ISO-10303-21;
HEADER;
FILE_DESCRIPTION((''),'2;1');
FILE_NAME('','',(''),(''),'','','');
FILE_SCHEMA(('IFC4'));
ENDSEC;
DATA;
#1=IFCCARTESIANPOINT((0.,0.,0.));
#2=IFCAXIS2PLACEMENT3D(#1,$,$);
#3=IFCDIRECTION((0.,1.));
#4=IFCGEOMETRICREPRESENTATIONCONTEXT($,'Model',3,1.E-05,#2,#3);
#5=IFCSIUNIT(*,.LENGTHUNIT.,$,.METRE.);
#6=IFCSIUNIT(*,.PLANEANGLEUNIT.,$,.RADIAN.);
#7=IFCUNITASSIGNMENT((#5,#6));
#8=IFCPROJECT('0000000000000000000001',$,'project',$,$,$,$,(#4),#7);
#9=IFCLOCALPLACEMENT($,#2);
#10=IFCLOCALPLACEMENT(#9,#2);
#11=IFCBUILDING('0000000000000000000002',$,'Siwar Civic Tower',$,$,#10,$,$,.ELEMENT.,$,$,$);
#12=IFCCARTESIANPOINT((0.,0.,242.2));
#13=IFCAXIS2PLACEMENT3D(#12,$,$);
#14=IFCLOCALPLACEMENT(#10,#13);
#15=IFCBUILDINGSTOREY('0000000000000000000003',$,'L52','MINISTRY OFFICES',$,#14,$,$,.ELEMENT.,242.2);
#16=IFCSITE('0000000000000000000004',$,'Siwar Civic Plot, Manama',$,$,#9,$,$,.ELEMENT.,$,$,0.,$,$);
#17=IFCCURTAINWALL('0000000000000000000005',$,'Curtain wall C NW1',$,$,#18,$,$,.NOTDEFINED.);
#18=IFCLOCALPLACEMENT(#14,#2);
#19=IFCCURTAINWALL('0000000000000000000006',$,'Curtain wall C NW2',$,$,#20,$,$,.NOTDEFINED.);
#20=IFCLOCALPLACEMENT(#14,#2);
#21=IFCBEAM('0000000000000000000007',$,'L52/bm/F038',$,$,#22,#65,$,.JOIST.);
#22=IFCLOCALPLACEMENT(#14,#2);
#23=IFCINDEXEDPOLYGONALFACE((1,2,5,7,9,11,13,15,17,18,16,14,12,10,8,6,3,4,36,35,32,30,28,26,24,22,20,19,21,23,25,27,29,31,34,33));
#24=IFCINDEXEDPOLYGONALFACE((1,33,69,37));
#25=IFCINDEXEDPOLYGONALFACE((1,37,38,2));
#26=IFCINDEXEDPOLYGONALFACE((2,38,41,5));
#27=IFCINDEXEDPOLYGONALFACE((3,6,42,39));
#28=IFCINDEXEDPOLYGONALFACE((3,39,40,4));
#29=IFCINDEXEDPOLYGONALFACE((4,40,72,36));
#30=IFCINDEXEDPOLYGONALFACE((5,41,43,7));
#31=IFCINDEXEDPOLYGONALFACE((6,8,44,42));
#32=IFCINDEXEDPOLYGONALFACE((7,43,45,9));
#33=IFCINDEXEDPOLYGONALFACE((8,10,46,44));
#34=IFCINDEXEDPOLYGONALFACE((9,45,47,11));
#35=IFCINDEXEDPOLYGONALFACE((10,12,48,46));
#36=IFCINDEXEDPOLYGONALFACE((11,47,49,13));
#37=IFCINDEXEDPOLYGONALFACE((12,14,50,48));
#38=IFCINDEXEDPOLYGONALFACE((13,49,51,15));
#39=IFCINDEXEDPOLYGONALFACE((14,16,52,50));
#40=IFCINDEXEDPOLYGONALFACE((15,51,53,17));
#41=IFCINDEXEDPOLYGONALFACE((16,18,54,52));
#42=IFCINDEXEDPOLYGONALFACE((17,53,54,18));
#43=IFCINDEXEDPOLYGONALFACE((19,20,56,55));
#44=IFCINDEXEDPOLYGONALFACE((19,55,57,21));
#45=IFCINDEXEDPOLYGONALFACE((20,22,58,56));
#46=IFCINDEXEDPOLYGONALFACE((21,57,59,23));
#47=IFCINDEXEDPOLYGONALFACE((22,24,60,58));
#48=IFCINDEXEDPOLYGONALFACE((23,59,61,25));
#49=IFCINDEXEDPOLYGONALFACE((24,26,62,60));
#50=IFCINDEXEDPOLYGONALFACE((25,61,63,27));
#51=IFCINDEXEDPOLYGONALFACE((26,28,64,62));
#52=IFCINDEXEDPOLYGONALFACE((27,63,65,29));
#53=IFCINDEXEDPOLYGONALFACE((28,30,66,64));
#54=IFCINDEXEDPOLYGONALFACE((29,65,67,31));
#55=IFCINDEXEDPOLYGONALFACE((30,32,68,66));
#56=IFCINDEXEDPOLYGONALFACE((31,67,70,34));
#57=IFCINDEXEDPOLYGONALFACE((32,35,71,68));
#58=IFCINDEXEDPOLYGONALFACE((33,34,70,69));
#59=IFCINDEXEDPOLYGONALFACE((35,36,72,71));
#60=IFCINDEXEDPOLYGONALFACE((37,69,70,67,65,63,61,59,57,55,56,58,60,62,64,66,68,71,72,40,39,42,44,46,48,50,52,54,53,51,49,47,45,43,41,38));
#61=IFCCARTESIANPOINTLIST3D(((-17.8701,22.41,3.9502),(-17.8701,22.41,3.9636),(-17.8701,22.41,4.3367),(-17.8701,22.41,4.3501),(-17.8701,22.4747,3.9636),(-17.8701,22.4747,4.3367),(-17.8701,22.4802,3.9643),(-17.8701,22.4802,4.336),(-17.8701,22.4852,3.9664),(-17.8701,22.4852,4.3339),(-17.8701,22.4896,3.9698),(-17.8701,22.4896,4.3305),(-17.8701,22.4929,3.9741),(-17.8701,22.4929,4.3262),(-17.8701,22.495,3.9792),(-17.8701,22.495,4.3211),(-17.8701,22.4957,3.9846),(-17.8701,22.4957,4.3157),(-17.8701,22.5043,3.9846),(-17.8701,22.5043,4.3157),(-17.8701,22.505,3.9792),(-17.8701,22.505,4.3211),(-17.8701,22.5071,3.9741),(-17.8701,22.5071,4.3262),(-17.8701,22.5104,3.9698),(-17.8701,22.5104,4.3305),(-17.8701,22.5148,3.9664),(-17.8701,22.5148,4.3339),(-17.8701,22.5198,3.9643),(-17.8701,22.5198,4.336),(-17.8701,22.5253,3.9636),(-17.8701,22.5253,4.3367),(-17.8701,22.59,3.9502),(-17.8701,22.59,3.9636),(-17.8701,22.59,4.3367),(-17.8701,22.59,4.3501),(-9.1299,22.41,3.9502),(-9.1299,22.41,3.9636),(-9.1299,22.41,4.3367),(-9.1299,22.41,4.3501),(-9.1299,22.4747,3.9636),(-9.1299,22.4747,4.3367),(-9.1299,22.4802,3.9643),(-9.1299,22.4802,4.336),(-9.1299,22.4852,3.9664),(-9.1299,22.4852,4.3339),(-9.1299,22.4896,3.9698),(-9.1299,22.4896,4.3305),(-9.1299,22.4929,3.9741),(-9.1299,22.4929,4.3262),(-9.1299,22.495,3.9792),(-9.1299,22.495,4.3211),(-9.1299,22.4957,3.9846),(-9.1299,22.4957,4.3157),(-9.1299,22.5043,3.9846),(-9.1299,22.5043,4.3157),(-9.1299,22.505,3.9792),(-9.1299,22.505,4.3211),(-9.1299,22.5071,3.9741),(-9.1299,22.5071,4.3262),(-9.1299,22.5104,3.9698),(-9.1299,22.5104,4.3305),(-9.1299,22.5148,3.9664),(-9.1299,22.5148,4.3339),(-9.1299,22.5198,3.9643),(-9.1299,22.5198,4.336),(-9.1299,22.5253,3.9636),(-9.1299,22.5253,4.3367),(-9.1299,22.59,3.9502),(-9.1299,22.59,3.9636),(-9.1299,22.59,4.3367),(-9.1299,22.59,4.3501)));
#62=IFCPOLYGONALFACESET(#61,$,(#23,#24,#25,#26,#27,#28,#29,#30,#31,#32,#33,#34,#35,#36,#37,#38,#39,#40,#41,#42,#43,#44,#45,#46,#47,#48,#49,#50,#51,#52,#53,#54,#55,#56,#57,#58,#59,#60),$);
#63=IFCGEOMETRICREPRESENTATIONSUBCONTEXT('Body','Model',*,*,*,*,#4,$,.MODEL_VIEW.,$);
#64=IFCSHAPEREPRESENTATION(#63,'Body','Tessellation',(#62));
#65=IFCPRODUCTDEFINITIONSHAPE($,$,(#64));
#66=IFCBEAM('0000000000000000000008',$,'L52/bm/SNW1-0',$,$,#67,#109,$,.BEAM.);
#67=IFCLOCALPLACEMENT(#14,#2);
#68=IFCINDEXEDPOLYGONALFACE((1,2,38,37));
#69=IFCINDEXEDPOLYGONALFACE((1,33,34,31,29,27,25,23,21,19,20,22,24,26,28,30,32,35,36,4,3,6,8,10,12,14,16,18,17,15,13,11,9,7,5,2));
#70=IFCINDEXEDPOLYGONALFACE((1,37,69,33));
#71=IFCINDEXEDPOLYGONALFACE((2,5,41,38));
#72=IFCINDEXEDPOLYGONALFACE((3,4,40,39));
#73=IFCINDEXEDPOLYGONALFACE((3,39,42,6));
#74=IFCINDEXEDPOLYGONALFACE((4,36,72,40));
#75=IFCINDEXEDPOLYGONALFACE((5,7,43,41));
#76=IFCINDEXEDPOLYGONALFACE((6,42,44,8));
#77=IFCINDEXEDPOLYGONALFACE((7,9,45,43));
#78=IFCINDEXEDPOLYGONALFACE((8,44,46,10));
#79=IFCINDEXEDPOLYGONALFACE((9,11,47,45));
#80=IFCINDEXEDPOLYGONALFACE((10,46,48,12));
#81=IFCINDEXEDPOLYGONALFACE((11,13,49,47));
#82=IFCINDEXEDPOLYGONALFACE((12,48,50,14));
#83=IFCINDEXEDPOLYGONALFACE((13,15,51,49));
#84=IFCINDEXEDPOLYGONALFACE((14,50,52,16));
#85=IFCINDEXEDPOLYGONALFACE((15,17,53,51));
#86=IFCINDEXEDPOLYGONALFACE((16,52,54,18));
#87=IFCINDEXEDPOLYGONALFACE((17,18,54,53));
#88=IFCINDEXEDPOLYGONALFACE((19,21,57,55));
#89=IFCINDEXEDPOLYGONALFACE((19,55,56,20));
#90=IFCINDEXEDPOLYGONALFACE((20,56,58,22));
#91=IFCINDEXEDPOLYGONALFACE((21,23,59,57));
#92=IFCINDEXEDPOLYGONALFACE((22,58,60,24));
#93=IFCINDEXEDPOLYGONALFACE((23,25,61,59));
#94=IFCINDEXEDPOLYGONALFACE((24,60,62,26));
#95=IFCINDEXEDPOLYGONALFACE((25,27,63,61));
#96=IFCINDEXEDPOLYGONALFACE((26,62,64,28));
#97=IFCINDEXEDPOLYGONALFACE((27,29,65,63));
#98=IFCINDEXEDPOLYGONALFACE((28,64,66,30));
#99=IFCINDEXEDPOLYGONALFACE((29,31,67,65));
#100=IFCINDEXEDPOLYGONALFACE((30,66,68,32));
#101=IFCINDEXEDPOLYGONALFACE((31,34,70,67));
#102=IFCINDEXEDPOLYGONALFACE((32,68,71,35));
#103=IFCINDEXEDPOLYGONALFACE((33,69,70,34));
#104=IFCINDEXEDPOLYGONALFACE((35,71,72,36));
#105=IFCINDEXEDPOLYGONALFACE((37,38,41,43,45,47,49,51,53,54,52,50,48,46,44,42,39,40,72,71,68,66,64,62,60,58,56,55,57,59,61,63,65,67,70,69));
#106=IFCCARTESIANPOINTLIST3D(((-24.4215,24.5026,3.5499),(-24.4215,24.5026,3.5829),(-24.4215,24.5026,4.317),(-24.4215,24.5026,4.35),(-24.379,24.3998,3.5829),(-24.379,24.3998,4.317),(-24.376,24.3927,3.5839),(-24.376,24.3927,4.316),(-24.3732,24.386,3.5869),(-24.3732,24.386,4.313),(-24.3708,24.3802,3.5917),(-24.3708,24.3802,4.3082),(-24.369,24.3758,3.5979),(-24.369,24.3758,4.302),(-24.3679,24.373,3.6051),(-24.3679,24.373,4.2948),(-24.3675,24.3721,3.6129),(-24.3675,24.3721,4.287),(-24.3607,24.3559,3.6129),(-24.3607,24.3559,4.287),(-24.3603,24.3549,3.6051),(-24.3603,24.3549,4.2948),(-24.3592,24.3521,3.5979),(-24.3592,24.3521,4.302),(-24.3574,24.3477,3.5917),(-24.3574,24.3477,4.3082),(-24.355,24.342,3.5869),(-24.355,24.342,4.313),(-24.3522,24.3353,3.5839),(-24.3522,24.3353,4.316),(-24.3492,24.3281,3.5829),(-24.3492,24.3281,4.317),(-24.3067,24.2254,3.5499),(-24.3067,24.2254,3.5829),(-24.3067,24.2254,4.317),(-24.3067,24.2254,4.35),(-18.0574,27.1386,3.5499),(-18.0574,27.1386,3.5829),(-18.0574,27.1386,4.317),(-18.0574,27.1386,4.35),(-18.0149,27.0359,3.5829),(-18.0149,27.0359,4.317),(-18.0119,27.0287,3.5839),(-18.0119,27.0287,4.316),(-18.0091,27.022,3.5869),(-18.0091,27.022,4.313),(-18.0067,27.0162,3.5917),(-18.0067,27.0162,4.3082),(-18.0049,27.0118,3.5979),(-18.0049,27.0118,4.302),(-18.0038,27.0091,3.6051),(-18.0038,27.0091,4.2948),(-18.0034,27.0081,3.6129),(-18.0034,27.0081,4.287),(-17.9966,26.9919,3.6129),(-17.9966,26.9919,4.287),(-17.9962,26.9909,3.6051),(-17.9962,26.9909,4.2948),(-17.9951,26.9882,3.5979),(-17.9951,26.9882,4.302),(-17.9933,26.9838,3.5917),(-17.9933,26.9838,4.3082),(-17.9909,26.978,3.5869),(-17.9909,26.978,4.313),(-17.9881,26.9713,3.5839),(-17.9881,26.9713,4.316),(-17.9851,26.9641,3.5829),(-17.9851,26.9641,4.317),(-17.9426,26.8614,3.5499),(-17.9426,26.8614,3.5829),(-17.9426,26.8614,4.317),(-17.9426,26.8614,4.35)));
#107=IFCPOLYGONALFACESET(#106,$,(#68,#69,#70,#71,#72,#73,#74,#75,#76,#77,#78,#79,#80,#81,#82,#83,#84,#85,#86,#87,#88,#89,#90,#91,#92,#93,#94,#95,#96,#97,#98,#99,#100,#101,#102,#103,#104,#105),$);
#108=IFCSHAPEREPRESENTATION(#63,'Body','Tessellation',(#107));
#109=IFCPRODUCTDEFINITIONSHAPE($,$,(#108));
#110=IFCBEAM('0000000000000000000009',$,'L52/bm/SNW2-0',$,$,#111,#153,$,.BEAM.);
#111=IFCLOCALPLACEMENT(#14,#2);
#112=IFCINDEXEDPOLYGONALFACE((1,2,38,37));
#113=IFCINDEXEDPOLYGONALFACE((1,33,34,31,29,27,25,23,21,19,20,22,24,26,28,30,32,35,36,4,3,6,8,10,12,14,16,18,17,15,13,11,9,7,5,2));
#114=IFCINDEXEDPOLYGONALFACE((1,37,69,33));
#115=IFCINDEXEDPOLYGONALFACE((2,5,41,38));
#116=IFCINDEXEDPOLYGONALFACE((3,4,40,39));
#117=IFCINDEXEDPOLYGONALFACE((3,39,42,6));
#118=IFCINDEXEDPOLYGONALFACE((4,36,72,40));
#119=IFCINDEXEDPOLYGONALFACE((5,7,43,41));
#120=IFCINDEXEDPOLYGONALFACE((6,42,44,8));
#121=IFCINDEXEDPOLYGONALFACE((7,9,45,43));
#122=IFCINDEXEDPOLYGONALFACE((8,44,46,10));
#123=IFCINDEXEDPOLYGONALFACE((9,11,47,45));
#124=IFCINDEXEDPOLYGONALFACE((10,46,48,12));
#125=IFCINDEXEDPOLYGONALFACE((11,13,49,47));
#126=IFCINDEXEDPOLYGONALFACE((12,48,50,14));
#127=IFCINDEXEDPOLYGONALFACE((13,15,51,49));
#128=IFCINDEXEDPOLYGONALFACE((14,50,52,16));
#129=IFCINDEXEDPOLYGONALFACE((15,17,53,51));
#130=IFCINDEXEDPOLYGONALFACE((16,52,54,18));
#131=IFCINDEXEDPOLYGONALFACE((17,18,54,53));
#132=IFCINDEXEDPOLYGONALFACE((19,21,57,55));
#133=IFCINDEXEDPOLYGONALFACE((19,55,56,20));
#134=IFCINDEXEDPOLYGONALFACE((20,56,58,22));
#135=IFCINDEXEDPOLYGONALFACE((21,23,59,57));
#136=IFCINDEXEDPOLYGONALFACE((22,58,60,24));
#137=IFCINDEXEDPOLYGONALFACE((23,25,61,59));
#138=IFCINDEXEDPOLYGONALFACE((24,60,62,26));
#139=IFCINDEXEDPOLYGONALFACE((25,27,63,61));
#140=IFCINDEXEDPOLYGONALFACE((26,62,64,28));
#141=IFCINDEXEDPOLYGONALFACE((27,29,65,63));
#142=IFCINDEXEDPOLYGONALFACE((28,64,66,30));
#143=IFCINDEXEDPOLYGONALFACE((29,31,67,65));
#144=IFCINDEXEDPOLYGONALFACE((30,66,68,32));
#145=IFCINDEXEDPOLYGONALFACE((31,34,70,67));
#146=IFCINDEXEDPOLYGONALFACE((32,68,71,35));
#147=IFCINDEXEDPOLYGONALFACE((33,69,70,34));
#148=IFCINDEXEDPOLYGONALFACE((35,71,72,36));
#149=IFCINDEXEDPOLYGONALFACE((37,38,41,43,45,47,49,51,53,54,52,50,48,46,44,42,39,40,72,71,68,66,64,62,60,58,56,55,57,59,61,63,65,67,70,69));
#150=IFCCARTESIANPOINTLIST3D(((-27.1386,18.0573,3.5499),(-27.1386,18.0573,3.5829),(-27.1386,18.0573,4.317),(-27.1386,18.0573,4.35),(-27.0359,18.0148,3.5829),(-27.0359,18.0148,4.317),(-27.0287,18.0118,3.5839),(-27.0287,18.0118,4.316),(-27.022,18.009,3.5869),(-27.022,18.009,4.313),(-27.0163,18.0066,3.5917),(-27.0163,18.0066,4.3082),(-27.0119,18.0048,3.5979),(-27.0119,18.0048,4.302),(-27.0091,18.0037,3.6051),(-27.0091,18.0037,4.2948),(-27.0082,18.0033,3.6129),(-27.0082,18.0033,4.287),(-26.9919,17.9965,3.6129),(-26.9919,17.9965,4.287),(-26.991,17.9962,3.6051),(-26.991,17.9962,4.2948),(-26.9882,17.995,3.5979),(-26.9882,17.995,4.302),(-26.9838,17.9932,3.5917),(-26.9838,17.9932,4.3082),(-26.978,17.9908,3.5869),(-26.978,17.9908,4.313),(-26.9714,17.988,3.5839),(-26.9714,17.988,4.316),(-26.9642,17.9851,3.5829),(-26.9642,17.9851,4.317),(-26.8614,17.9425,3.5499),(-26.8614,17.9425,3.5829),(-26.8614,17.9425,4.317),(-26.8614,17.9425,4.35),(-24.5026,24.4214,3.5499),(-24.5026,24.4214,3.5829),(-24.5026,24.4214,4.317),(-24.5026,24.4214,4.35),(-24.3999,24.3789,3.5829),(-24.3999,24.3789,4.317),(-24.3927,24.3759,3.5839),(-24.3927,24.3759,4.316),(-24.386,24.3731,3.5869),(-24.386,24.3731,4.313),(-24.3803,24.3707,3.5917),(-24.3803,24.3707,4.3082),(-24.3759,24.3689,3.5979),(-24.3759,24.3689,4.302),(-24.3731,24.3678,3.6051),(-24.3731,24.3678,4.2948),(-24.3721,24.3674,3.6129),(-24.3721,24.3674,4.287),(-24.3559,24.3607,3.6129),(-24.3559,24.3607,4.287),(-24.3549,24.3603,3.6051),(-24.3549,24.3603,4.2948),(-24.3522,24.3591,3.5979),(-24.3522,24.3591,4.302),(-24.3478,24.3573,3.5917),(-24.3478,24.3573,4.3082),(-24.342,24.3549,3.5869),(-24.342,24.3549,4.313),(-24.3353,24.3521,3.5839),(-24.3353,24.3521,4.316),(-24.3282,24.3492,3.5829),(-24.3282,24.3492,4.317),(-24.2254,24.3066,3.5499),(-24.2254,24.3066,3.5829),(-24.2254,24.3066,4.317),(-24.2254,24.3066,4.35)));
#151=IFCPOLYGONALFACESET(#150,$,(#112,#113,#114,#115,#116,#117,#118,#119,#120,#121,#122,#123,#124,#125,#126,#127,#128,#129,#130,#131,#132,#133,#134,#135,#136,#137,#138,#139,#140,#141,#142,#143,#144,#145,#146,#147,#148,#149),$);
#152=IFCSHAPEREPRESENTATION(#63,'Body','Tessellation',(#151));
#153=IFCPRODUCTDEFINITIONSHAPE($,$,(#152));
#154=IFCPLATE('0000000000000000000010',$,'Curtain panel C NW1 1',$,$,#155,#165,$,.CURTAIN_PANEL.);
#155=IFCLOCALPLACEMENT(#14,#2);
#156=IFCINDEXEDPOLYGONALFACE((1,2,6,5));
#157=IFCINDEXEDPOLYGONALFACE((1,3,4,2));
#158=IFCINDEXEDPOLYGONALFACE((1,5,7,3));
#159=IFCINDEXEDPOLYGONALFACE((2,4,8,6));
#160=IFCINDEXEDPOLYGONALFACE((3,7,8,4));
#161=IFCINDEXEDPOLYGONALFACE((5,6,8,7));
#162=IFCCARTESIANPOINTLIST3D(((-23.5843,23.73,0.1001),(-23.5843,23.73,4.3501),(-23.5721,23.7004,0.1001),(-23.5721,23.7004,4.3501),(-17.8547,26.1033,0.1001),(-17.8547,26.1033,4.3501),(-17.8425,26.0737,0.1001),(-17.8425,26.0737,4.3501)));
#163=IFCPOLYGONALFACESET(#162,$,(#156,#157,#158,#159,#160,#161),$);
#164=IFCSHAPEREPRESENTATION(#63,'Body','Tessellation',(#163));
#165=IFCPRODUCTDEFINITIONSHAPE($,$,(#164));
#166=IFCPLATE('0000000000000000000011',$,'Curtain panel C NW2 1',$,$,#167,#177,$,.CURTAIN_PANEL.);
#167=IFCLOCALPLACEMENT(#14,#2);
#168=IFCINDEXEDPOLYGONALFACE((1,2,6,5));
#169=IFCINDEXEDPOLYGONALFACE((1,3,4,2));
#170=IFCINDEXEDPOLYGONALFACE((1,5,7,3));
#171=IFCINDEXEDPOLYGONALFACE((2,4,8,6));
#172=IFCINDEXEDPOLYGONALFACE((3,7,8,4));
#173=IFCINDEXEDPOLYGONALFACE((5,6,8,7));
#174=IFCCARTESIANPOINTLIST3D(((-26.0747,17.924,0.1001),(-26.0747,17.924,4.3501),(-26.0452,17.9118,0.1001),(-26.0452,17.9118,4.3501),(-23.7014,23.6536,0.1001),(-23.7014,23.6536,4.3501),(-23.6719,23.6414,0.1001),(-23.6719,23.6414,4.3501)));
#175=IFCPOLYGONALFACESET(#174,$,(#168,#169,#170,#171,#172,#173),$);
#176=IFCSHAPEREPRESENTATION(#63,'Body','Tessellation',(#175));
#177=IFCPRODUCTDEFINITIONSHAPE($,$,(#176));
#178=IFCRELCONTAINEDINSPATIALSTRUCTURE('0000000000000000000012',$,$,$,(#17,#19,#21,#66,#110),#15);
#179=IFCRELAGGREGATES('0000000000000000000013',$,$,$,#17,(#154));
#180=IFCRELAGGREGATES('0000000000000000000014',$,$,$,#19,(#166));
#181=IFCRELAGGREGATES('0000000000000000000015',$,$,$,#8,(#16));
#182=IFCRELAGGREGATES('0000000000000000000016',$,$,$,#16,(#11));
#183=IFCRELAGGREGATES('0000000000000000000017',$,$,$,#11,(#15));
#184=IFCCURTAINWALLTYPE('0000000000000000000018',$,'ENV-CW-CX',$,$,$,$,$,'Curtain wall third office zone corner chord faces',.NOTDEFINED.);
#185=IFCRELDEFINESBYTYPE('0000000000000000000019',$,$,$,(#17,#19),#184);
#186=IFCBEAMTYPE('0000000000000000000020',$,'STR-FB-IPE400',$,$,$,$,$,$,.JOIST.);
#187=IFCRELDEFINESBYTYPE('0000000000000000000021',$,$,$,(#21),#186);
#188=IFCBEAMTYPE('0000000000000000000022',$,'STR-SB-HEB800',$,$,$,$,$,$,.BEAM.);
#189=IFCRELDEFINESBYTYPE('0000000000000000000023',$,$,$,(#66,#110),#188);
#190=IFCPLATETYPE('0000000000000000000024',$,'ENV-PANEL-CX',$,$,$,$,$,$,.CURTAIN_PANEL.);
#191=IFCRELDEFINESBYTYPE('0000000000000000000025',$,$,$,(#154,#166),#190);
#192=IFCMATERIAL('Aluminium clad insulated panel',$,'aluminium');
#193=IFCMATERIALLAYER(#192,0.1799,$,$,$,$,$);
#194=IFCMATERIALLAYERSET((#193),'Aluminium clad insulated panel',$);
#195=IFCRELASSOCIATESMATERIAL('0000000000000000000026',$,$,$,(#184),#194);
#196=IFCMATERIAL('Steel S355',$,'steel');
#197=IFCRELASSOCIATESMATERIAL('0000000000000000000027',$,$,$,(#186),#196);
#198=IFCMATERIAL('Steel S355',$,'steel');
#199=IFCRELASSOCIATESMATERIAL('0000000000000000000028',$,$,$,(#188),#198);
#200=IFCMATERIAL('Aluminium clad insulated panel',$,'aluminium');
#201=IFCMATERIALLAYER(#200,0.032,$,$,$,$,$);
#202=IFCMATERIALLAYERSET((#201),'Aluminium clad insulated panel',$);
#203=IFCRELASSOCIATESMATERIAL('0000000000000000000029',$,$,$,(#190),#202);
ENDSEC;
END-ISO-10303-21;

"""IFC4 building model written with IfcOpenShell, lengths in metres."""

from ifc_helpers import new_model, si_unit, direction, frame, origin, origin_2d, place, context, subcontext, project, spatial, rectangle, i_section, extrude, material, layer, layer_set, material_profile, profile_set, type_object, element, aggregate, save


model = new_model("IFC4")

# Units and contexts
model_context = context("Model", 3, precision=1e-05, world=origin(), true_north=direction((0.0, 1.0)))
body_context = subcontext(model_context, "Body", "Model", "MODEL_VIEW")
ifc_project = project(units=[si_unit("LENGTHUNIT", "METRE"), si_unit("PLANEANGLEUNIT", "RADIAN")], contexts=[model_context])

# Site, building, storey
site_placement = place(None, origin())
site = spatial("IfcSite", under=ifc_project, at=site_placement, Name="Siwar Civic Plot, Manama", CompositionType="ELEMENT", RefElevation=0.0)
building_placement = place(site_placement, origin())
building = spatial("IfcBuilding", under=site, at=building_placement, Name="Siwar Civic Tower", CompositionType="ELEMENT")
storey_placement = place(building_placement, frame((0.0, 0.0, 242.2)))
storey = spatial("IfcBuildingStorey", under=building, at=storey_placement, Name="L52", Description="MINISTRY OFFICES", CompositionType="ELEMENT", Elevation=242.2)

# Curtain walls
ifc_material_1 = material(Name="Aluminium clad insulated panel", Category="aluminium")
ifc_layer_1 = layer(ifc_material_1, 0.1799)
ifc_layer_set_1 = layer_set([ifc_layer_1], Name="Aluminium clad insulated panel")
curtain_wall_type = type_object("IfcCurtainWallType", Name="ENV-CW-CX", ElementType="Curtain wall third office zone corner chord faces", PredefinedType="NOTDEFINED", material=ifc_layer_set_1)
curtain_wall_1_placement = place(storey_placement, origin())
curtain_wall_1 = element("IfcCurtainWall", 1, at=curtain_wall_1_placement, inside=storey, type_object=curtain_wall_type, Name="Curtain wall C NW1", PredefinedType="NOTDEFINED")
curtain_wall_2_placement = place(storey_placement, origin())
curtain_wall_2 = element("IfcCurtainWall", 2, at=curtain_wall_2_placement, inside=storey, type_object=curtain_wall_type, Name="Curtain wall C NW2", PredefinedType="NOTDEFINED")

# Beams
ifc_material_2 = material(Name="Steel S355", Category="steel")
ifc_material_profile_1 = material_profile(ifc_material_2, i_section(OverallWidth=0.1799, OverallDepth=0.3999, WebThickness=0.0085, FlangeThickness=0.0134, FilletRadius=0.021, at=origin_2d()), Name="IPE400")
ifc_profile_set_1 = profile_set([ifc_material_profile_1], Name="Steel S355")
beam_type_1 = type_object("IfcBeamType", Name="STR-FB-IPE400", PredefinedType="JOIST", material=ifc_profile_set_1)
beam_1_placement = place(storey_placement, frame((-17.8701, 22.5, 4.1501), z_axis=(1.0, 0.0, 0.0), x_axis=(0.0, 1.0, 0.0)))
element("IfcBeam", 3, at=beam_1_placement, inside=storey, type_object=beam_type_1, Name="L52/bm/F038", PredefinedType="JOIST", context=body_context, shape_type="SweptSolid", body=[
    extrude(i_section(OverallWidth=0.1799, OverallDepth=0.3999, WebThickness=0.0085, FlangeThickness=0.0134, FilletRadius=0.021, at=origin_2d()), origin(), (0.0, 0.0, 1.0), 8.7402),
])
ifc_material_3 = material(Name="Steel S355", Category="steel")
ifc_material_profile_2 = material_profile(ifc_material_3, i_section(OverallWidth=0.3, OverallDepth=0.8, WebThickness=0.0176, FlangeThickness=0.033, FilletRadius=0.03, at=origin_2d()), Name="HEB800")
ifc_profile_set_2 = profile_set([ifc_material_profile_2], Name="Steel S355")
beam_type_2 = type_object("IfcBeamType", Name="STR-SB-HEB800", PredefinedType="BEAM", material=ifc_profile_set_2)
for number, where, z_axis, x_axis, name in (
    (4, (-18.0, 27.0, 3.95), (-0.923883, -0.382674, 0.0), (0.382674, -0.923883, 0.0), "L52/bm/SNW1-0"),
    (5, (-24.364, 24.364, 3.95), (-0.382674, -0.923883, 0.0), (0.923883, -0.382674, 0.0), "L52/bm/SNW2-0"),
):
    element("IfcBeam", number, at=place(storey_placement, frame(where, z_axis=z_axis, x_axis=x_axis)), inside=storey, type_object=beam_type_2, Name=name, PredefinedType="BEAM", context=body_context, shape_type="SweptSolid", body=[
        extrude(i_section(OverallWidth=0.3, OverallDepth=0.8, WebThickness=0.0176, FlangeThickness=0.033, FilletRadius=0.03, at=origin_2d()), origin(), (0.0, 0.0, 1.0), 6.8884),
    ])

# Plates
ifc_material_4 = material(Name="Aluminium clad insulated panel", Category="aluminium")
ifc_layer_2 = layer(ifc_material_4, 0.032)
ifc_layer_set_2 = layer_set([ifc_layer_2], Name="Aluminium clad insulated panel")
plate_type = type_object("IfcPlateType", Name="ENV-PANEL-CX", PredefinedType="CURTAIN_PANEL", material=ifc_layer_set_2)
plate_1_placement = place(storey_placement, frame((-20.7134, 24.9019, 0.1001), z_axis=(0.0, 0.0, 1.0), x_axis=(-0.92388, -0.382683, 0.0)))
plate_1 = element("IfcPlate", 6, at=plate_1_placement, type_object=plate_type, Name="Curtain panel C NW1 1", PredefinedType="CURTAIN_PANEL", context=body_context, shape_type="SweptSolid", body=[
    extrude(rectangle(XDim=6.2017, YDim=0.032, at=origin_2d()), origin(), (0.0, 0.0, 1.0), 4.25),
])
aggregate(curtain_wall_1, [plate_1])
plate_2_placement = place(storey_placement, frame((-24.8733, 20.7827, 0.1001), z_axis=(0.0, 0.0, 1.0), x_axis=(-0.382683, -0.92388, 0.0)))
plate_2 = element("IfcPlate", 7, at=plate_2_placement, type_object=plate_type, Name="Curtain panel C NW2 1", PredefinedType="CURTAIN_PANEL", context=body_context, shape_type="SweptSolid", body=[
    extrude(rectangle(XDim=6.2017, YDim=0.032, at=origin_2d()), origin(), (0.0, 0.0, 1.0), 4.25),
])
aggregate(curtain_wall_2, [plate_2])

save(model, "model.ifc")
